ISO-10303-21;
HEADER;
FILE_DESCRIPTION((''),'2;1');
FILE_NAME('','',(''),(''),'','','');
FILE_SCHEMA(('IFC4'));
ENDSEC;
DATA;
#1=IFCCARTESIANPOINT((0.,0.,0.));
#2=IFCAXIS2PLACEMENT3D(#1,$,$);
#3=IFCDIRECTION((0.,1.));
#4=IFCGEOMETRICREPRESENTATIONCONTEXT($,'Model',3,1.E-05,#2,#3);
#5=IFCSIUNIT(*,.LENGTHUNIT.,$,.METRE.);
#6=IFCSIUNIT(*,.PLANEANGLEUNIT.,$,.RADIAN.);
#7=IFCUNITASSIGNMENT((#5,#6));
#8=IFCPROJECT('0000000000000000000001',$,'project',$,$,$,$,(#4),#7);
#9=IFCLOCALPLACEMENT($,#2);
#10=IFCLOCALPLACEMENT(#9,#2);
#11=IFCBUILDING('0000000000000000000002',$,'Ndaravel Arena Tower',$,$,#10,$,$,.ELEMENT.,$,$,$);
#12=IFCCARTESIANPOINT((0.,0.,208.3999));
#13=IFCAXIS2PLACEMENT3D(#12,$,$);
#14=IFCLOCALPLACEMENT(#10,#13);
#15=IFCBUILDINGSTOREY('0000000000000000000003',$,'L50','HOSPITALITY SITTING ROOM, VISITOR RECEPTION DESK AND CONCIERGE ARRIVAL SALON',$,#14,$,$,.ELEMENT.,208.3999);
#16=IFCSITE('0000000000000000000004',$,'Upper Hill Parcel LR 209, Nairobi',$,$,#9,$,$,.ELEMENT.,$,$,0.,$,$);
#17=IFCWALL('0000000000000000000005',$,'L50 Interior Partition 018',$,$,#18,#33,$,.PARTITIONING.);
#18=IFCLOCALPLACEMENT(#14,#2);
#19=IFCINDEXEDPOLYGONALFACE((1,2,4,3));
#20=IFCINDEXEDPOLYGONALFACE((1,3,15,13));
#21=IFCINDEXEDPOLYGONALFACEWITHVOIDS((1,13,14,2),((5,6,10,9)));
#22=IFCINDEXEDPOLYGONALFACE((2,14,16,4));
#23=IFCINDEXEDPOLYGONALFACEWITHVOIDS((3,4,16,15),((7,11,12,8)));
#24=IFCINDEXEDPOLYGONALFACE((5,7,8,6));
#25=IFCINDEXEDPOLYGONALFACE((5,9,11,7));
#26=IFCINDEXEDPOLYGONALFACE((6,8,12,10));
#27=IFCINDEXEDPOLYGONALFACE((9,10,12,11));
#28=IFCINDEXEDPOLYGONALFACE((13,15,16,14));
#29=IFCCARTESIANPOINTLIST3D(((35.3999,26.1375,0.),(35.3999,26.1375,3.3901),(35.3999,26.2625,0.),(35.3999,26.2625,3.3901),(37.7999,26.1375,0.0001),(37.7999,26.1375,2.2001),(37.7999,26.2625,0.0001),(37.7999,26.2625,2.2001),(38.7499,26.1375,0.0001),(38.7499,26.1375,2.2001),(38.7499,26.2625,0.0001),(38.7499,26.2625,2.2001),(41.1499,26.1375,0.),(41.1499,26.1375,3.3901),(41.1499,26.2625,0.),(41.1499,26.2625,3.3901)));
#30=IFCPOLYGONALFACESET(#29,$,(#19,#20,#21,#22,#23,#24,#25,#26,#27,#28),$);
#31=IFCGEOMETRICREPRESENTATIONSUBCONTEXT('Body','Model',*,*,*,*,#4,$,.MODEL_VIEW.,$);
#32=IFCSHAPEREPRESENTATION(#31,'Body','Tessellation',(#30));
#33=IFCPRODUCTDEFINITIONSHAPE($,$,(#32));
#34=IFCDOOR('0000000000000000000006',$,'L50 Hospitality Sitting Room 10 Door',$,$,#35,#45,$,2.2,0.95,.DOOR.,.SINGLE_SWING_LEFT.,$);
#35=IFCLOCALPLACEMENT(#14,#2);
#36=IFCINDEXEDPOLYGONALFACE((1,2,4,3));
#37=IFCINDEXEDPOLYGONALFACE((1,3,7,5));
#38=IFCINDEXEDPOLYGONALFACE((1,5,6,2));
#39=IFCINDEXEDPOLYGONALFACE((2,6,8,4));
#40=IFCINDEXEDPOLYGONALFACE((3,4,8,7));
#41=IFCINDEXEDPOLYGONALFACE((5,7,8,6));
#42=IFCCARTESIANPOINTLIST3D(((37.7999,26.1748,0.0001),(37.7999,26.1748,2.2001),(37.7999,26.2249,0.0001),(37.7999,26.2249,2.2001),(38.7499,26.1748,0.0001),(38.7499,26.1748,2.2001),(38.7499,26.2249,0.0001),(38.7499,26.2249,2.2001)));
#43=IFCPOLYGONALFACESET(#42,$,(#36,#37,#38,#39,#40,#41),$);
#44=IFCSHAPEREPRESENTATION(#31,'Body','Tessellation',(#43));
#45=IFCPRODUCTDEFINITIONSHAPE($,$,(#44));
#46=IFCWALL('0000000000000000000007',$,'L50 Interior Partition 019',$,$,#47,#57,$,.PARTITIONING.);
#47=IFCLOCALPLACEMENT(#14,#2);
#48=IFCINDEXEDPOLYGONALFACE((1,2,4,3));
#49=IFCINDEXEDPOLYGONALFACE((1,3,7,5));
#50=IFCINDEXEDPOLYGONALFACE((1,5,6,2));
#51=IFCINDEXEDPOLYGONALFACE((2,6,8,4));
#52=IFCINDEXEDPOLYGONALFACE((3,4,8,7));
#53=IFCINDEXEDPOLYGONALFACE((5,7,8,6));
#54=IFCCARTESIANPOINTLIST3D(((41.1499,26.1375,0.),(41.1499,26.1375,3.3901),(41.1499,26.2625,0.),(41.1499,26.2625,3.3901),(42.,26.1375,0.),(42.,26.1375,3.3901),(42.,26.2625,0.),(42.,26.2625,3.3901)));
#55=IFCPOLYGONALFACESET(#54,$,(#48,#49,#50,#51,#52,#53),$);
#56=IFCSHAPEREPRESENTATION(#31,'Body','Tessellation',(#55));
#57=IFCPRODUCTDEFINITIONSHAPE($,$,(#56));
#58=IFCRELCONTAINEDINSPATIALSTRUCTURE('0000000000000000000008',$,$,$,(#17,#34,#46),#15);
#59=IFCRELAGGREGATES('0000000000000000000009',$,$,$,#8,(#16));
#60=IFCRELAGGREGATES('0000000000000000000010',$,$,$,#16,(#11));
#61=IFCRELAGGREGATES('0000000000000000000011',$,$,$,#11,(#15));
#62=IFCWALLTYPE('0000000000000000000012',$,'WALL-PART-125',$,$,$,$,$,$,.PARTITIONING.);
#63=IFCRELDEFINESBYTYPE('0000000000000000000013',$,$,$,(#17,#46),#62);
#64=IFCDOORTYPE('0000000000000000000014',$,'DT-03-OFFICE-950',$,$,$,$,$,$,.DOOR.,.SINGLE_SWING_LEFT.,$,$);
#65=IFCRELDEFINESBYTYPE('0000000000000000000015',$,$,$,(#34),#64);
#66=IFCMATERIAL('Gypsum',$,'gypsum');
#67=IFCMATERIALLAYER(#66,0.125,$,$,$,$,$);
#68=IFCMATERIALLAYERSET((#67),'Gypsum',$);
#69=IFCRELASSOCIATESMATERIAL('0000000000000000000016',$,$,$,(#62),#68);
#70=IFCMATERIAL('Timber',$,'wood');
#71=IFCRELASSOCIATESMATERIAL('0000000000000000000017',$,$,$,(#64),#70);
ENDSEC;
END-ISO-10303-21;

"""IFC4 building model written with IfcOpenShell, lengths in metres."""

from ifc_helpers import new_model, si_unit, direction, frame, frame_2d, origin, place, context, subcontext, project, spatial, rectangle, extrude, material, layer, layer_set, type_object, element, fill, save


model = new_model("IFC4")

# Units and contexts
model_context = context("Model", 3, precision=1e-05, world=origin(), true_north=direction((0.0, 1.0)))
body_context = subcontext(model_context, "Body", "Model", "MODEL_VIEW")
ifc_project = project(units=[si_unit("LENGTHUNIT", "METRE"), si_unit("PLANEANGLEUNIT", "RADIAN")], contexts=[model_context])

# Site, building, storey
site_placement = place(None, origin())
site = spatial("IfcSite", under=ifc_project, at=site_placement, Name="Upper Hill Parcel LR 209, Nairobi", CompositionType="ELEMENT", RefElevation=0.0)
building_placement = place(site_placement, origin())
building = spatial("IfcBuilding", under=site, at=building_placement, Name="Ndaravel Arena Tower", CompositionType="ELEMENT")
storey_placement = place(building_placement, frame((0.0, 0.0, 208.3999)))
storey = spatial("IfcBuildingStorey", under=building, at=storey_placement, Name="L50", Description="HOSPITALITY SITTING ROOM, VISITOR RECEPTION DESK AND CONCIERGE ARRIVAL SALON", CompositionType="ELEMENT", Elevation=208.3999)

# Wall, opening, door
ifc_material_1 = material(Name="Gypsum", Category="gypsum")
ifc_layer_1 = layer(ifc_material_1, 0.125)
ifc_layer_set_1 = layer_set([ifc_layer_1], Name="Gypsum")
wall_type = type_object("IfcWallType", Name="WALL-PART-125", PredefinedType="PARTITIONING", material=ifc_layer_set_1)
wall_1_placement = place(storey_placement, frame((35.3999, 26.2, 0.0), z_axis=(0.0, 0.0, 1.0), x_axis=(1.0, 0.0, 0.0)))
wall_1 = element("IfcWall", 1, at=wall_1_placement, inside=storey, type_object=wall_type, Name="L50 Interior Partition 018", PredefinedType="PARTITIONING", context=body_context, shape_type="SweptSolid", body=[
    extrude(rectangle(XDim=5.75, YDim=0.125, at=frame_2d((2.875, 0.0))), origin(), (0.0, 0.0, 1.0), 3.3901),
])
opening_placement = place(wall_1_placement, frame((2.3999, 0.0, 0.0)))
opening = element("IfcOpeningElement", 2, at=opening_placement, cuts=wall_1, PredefinedType="OPENING", context=body_context, shape_type="SweptSolid", body=[
    extrude(rectangle(XDim=0.95, YDim=2.2, at=frame_2d((0.4751, 1.1001))), frame((0.0, 0.0625, 0.0), z_axis=(0.0, -1.0, 0.0), x_axis=(1.0, 0.0, 0.0)), (0.0, 0.0, 1.0), 0.125),
])
ifc_material_2 = material(Name="Timber", Category="wood")
door_type = type_object("IfcDoorType", Name="DT-03-OFFICE-950", OperationType="SINGLE_SWING_LEFT", PredefinedType="DOOR", material=ifc_material_2)
door_placement = place(opening_placement, origin())
door = element("IfcDoor", 3, at=door_placement, inside=storey, type_object=door_type, Name="L50 Hospitality Sitting Room 10 Door", OperationType="SINGLE_SWING_LEFT", OverallHeight=2.2, OverallWidth=0.95, PredefinedType="DOOR", context=body_context, shape_type="SweptSolid", body=[
    extrude(rectangle(XDim=0.95, YDim=2.2, at=frame_2d((0.4751, 1.1001))), frame((0.0, 0.0249, 0.0), z_axis=(0.0, -1.0, 0.0), x_axis=(1.0, 0.0, 0.0)), (0.0, 0.0, 1.0), 0.05),
])
fill(opening, door)

# Wall
wall_2_placement = place(storey_placement, frame((41.1499, 26.2, 0.0), z_axis=(0.0, 0.0, 1.0), x_axis=(1.0, 0.0, 0.0)))
element("IfcWall", 4, at=wall_2_placement, inside=storey, type_object=wall_type, Name="L50 Interior Partition 019", PredefinedType="PARTITIONING", context=body_context, shape_type="SweptSolid", body=[
    extrude(rectangle(XDim=0.8501, YDim=0.125, at=frame_2d((0.425, 0.0))), origin(), (0.0, 0.0, 1.0), 3.3901),
])

save(model, "model.ifc")
